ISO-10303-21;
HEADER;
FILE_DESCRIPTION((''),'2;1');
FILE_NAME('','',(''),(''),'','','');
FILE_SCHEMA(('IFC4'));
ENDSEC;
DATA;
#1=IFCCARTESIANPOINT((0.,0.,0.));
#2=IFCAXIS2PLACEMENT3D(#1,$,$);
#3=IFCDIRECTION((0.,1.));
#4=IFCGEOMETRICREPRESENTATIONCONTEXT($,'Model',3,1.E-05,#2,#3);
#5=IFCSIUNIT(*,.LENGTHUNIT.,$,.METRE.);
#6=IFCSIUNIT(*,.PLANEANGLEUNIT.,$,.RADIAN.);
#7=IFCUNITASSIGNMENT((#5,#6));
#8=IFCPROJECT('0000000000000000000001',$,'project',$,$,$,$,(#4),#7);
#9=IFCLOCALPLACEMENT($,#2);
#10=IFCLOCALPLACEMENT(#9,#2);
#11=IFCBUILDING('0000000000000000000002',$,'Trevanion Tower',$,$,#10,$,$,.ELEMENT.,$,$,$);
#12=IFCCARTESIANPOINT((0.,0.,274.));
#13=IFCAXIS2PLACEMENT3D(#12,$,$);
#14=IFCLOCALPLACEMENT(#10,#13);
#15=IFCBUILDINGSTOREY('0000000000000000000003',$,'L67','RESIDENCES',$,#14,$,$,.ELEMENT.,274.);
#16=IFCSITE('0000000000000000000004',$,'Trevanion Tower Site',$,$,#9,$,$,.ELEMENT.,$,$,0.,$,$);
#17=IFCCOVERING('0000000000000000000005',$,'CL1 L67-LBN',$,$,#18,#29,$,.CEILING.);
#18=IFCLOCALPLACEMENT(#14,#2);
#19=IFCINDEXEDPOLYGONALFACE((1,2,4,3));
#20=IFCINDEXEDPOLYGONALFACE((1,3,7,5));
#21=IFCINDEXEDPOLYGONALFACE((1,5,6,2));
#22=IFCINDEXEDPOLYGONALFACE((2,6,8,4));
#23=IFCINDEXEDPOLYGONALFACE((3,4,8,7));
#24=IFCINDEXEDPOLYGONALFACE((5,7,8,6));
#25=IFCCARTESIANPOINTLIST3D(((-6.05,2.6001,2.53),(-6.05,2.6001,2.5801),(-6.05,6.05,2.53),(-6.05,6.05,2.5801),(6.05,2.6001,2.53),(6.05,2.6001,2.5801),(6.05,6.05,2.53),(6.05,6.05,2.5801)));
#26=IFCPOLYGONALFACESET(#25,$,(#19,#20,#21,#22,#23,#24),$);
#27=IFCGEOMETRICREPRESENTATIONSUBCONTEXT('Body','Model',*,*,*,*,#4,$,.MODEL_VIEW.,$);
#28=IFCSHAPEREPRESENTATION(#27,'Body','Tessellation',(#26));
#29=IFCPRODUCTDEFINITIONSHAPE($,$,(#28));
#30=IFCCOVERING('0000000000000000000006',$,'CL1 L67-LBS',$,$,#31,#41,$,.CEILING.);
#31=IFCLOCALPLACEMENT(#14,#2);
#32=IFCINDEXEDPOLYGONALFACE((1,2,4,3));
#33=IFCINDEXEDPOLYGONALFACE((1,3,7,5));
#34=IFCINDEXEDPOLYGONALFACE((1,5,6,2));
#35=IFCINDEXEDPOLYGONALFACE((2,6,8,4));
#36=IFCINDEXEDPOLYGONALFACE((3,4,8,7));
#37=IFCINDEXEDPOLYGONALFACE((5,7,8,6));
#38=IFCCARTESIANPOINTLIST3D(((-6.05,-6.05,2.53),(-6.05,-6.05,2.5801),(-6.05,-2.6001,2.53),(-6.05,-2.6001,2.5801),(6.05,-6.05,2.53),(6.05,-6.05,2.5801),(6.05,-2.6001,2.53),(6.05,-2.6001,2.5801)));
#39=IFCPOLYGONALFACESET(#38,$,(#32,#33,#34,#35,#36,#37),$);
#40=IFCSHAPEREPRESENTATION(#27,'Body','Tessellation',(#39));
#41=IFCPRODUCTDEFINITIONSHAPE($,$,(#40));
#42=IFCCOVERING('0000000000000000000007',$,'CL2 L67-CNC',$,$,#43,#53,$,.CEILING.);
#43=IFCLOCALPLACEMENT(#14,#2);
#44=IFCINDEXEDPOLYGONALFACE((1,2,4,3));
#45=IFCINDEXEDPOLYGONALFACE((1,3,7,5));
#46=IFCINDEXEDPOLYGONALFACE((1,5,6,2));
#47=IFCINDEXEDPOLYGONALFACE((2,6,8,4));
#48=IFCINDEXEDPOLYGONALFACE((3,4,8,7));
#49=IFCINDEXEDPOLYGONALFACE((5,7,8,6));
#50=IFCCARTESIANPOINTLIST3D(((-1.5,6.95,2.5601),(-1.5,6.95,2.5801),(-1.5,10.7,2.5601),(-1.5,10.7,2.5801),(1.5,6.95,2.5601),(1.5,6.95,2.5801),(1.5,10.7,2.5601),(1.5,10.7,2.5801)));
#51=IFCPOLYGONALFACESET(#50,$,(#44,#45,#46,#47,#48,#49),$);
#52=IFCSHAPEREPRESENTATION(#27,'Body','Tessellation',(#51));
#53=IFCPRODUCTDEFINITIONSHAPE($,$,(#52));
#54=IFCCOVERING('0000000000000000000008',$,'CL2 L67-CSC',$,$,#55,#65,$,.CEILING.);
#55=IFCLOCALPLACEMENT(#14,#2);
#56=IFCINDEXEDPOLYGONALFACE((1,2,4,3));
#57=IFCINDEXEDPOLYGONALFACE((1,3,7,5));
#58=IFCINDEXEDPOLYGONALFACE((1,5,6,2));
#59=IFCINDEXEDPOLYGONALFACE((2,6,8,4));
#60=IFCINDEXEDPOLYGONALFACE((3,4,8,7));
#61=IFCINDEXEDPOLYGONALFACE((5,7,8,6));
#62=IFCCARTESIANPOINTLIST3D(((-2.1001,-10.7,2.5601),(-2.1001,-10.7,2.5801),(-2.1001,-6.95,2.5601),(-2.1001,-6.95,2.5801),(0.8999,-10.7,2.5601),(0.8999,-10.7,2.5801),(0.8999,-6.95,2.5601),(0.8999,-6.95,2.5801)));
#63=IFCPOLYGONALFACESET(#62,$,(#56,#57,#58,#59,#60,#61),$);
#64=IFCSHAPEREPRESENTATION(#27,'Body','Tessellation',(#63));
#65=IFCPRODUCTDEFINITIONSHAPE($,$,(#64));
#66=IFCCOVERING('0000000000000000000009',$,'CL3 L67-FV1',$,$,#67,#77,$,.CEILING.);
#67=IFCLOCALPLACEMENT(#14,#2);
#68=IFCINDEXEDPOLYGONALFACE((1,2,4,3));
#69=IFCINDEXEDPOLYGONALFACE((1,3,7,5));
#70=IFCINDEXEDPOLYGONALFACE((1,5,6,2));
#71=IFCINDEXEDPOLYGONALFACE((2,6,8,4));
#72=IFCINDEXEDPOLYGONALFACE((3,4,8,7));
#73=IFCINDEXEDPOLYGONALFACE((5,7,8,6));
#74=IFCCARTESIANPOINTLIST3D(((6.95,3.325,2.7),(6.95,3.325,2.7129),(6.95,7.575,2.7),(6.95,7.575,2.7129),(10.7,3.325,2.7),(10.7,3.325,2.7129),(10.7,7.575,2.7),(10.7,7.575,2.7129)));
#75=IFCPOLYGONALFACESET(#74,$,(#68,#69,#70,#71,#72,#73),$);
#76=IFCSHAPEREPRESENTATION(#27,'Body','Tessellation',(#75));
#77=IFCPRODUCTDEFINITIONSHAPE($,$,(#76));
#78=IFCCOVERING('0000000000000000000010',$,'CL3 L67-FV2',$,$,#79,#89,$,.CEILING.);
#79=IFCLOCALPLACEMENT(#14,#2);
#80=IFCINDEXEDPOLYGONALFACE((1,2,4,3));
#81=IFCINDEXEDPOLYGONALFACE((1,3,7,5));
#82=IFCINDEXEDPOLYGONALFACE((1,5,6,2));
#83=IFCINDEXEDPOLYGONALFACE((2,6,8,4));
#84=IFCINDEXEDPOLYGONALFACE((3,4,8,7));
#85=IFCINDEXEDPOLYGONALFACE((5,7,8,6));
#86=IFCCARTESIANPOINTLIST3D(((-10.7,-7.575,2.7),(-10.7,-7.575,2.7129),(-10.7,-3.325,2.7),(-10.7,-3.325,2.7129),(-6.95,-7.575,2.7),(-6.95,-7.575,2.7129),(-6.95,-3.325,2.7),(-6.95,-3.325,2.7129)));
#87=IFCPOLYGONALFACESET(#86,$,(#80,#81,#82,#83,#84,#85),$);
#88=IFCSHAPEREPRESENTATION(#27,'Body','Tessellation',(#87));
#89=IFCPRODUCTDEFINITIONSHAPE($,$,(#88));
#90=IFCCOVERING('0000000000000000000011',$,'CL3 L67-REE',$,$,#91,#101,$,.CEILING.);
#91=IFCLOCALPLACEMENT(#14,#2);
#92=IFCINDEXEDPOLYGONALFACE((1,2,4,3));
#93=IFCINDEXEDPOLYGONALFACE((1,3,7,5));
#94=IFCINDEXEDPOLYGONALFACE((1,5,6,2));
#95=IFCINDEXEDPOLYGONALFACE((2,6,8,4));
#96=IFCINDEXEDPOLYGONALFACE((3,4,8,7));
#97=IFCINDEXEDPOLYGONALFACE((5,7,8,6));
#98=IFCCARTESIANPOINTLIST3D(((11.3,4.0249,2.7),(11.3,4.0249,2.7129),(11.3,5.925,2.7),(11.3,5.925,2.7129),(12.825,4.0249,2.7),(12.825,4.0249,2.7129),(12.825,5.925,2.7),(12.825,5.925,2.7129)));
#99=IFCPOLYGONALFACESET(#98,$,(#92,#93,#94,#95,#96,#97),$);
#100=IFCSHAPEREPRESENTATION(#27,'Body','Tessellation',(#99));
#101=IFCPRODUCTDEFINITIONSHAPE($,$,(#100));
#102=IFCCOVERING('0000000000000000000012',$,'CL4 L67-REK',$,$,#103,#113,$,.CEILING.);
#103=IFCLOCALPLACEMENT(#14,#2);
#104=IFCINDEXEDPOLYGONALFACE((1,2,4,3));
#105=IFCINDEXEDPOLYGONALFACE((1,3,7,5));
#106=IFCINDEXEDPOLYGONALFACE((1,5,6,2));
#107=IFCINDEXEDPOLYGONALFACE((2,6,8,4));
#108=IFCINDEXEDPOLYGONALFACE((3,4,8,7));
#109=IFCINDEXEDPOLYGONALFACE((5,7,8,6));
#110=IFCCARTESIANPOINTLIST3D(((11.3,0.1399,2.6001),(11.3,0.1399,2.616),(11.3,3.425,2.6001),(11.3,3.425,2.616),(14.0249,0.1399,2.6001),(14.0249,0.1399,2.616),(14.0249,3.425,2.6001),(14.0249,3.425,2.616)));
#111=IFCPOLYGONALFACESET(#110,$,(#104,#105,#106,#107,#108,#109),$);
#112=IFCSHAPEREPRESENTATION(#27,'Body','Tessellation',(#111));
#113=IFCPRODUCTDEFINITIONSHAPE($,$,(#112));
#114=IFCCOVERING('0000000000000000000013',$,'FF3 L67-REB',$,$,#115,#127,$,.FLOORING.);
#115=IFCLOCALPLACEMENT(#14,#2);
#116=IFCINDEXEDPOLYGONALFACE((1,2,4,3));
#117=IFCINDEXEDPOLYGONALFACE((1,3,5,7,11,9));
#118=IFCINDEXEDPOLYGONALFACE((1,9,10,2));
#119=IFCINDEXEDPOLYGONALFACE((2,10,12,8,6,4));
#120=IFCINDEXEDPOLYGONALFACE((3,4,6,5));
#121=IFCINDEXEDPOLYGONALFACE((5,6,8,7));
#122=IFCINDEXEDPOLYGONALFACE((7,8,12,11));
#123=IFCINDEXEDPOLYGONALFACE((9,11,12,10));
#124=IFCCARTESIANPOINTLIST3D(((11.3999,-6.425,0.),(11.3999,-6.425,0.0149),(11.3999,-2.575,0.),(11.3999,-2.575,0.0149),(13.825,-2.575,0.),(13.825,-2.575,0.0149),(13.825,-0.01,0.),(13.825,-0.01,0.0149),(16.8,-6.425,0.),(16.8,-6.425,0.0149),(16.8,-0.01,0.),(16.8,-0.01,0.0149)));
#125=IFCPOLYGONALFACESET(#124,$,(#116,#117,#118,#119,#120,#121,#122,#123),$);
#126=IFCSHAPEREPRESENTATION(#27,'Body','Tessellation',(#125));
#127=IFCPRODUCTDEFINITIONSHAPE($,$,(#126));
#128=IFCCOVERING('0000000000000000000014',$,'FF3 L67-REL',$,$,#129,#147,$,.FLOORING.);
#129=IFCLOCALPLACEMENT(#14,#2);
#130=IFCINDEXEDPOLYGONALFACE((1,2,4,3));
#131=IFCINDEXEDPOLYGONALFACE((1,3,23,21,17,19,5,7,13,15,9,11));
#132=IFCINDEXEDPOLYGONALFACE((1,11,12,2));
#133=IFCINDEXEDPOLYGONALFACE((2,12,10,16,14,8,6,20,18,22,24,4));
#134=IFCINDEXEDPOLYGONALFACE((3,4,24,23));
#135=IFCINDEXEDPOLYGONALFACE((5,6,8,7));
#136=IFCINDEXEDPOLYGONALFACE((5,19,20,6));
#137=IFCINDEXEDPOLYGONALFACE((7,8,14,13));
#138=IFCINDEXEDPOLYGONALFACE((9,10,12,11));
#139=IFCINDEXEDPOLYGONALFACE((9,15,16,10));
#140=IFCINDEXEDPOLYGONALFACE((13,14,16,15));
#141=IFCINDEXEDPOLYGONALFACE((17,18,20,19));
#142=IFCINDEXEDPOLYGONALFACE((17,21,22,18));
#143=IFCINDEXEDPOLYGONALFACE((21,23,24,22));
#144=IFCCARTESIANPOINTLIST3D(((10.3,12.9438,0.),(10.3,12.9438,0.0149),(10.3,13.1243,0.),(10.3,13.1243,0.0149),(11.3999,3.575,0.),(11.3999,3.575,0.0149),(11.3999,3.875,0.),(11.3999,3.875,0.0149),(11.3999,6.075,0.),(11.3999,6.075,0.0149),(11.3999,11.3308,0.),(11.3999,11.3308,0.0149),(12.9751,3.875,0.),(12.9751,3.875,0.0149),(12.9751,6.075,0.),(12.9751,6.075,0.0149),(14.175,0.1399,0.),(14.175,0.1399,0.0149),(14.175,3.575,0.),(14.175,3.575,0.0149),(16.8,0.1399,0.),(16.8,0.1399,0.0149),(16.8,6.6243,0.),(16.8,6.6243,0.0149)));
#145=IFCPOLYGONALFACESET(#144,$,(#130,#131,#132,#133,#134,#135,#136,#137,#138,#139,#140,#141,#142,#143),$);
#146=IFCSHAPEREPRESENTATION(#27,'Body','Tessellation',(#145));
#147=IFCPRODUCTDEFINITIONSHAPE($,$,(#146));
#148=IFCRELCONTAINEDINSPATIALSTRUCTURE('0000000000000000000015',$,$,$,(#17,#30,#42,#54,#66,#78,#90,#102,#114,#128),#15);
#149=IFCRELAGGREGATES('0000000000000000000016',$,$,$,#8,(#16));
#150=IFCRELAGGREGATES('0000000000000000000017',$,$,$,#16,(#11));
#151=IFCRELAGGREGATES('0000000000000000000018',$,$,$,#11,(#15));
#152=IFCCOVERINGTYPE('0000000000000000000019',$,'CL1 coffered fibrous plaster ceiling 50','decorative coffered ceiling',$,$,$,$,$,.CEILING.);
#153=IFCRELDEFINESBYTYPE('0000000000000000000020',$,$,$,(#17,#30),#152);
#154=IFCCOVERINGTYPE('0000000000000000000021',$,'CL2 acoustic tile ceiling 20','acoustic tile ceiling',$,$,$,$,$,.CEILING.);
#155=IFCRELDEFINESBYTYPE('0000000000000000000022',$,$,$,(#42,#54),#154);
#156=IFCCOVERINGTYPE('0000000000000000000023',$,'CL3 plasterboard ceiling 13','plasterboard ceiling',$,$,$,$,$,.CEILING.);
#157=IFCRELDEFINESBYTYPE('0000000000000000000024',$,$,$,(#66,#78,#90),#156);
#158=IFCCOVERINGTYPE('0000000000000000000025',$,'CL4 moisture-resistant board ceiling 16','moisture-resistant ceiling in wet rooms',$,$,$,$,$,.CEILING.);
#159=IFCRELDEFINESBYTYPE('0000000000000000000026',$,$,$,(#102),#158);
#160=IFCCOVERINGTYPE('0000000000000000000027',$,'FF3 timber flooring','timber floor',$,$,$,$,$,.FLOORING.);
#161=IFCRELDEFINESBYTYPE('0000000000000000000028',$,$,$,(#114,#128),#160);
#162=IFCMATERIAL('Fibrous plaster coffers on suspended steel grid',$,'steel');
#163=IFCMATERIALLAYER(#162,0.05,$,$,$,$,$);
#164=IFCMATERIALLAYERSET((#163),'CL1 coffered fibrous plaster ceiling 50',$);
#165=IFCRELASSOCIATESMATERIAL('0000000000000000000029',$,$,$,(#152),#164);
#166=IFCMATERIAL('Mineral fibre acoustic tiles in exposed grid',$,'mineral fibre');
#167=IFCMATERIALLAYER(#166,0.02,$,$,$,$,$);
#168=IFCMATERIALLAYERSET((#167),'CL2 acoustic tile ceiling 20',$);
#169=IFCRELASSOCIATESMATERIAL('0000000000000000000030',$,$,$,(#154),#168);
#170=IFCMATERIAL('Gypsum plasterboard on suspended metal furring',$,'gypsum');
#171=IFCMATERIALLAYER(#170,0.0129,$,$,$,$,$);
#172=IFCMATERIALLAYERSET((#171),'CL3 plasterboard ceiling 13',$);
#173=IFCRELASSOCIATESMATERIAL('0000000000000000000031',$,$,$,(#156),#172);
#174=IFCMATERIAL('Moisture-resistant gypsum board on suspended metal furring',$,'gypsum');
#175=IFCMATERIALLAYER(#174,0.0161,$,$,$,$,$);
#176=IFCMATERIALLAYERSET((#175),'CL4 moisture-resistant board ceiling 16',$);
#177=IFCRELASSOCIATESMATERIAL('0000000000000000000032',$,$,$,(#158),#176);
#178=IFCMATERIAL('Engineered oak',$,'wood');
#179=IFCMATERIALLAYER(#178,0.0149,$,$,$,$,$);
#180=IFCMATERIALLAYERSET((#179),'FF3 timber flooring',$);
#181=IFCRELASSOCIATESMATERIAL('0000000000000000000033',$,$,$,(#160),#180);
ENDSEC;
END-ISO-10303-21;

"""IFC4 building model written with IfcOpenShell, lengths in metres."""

from ifc_helpers import new_model, si_unit, direction, frame, origin, place, context, subcontext, project, spatial, polyline, outline, extrude, material, layer, layer_set, type_object, element, save


model = new_model("IFC4")

# Units and contexts
model_context = context("Model", 3, precision=1e-05, world=origin(), true_north=direction((0.0, 1.0)))
body_context = subcontext(model_context, "Body", "Model", "MODEL_VIEW")
ifc_project = project(units=[si_unit("LENGTHUNIT", "METRE"), si_unit("PLANEANGLEUNIT", "RADIAN")], contexts=[model_context])

# Site, building, storey
site_placement = place(None, origin())
site = spatial("IfcSite", under=ifc_project, at=site_placement, Name="Trevanion Tower Site", CompositionType="ELEMENT", RefElevation=0.0)
building_placement = place(site_placement, origin())
building = spatial("IfcBuilding", under=site, at=building_placement, Name="Trevanion Tower", CompositionType="ELEMENT")
storey_placement = place(building_placement, frame((0.0, 0.0, 274.0)))
storey = spatial("IfcBuildingStorey", under=building, at=storey_placement, Name="L67", Description="RESIDENCES", CompositionType="ELEMENT", Elevation=274.0)

# Coverings
ifc_material_1 = material(Name="Fibrous plaster coffers on suspended steel grid", Category="steel")
ifc_layer_1 = layer(ifc_material_1, 0.05)
ifc_layer_set_1 = layer_set([ifc_layer_1], Name="CL1 coffered fibrous plaster ceiling 50")
covering_type_1 = type_object("IfcCoveringType", Name="CL1 coffered fibrous plaster ceiling 50", Description="decorative coffered ceiling", PredefinedType="CEILING", material=ifc_layer_set_1)
covering_1_placement = place(storey_placement, frame((0.0, 0.0, 2.53)))
element("IfcCovering", 1, at=covering_1_placement, inside=storey, type_object=covering_type_1, Name="CL1 L67-LBN", PredefinedType="CEILING", context=body_context, shape_type="SweptSolid", body=[
    extrude(outline(polyline([(6.05, 2.6001), (6.05, 6.05), (-6.05, 6.05), (-6.05, 2.6001), (6.05, 2.6001)])), origin(), (0.0, 0.0, 1.0), 0.05),
])
covering_2_placement = place(storey_placement, frame((0.0, 0.0, 2.53)))
element("IfcCovering", 2, at=covering_2_placement, inside=storey, type_object=covering_type_1, Name="CL1 L67-LBS", PredefinedType="CEILING", context=body_context, shape_type="SweptSolid", body=[
    extrude(outline(polyline([(6.05, -6.05), (6.05, -2.6001), (-6.05, -2.6001), (-6.05, -6.05), (6.05, -6.05)])), origin(), (0.0, 0.0, 1.0), 0.05),
])
ifc_material_2 = material(Name="Mineral fibre acoustic tiles in exposed grid", Category="mineral fibre")
ifc_layer_2 = layer(ifc_material_2, 0.02)
ifc_layer_set_2 = layer_set([ifc_layer_2], Name="CL2 acoustic tile ceiling 20")
covering_type_2 = type_object("IfcCoveringType", Name="CL2 acoustic tile ceiling 20", Description="acoustic tile ceiling", PredefinedType="CEILING", material=ifc_layer_set_2)
covering_3_placement = place(storey_placement, frame((0.0, 0.0, 2.5601)))
element("IfcCovering", 3, at=covering_3_placement, inside=storey, type_object=covering_type_2, Name="CL2 L67-CNC", PredefinedType="CEILING", context=body_context, shape_type="SweptSolid", body=[
    extrude(outline(polyline([(1.5, 6.95), (1.5, 10.7), (-1.5, 10.7), (-1.5, 6.95), (1.5, 6.95)])), origin(), (0.0, 0.0, 1.0), 0.02),
])
covering_4_placement = place(storey_placement, frame((0.0, 0.0, 2.5601)))
element("IfcCovering", 4, at=covering_4_placement, inside=storey, type_object=covering_type_2, Name="CL2 L67-CSC", PredefinedType="CEILING", context=body_context, shape_type="SweptSolid", body=[
    extrude(outline(polyline([(0.8999, -10.7), (0.8999, -6.95), (-2.1001, -6.95), (-2.1001, -10.7), (0.8999, -10.7)])), origin(), (0.0, 0.0, 1.0), 0.02),
])
ifc_material_3 = material(Name="Gypsum plasterboard on suspended metal furring", Category="gypsum")
ifc_layer_3 = layer(ifc_material_3, 0.0129)
ifc_layer_set_3 = layer_set([ifc_layer_3], Name="CL3 plasterboard ceiling 13")
covering_type_3 = type_object("IfcCoveringType", Name="CL3 plasterboard ceiling 13", Description="plasterboard ceiling", PredefinedType="CEILING", material=ifc_layer_set_3)
covering_5_placement = place(storey_placement, frame((0.0, 0.0, 2.7)))
element("IfcCovering", 5, at=covering_5_placement, inside=storey, type_object=covering_type_3, Name="CL3 L67-FV1", PredefinedType="CEILING", context=body_context, shape_type="SweptSolid", body=[
    extrude(outline(polyline([(10.7, 3.325), (10.7, 7.575), (6.95, 7.575), (6.95, 3.325), (10.7, 3.325)])), origin(), (0.0, 0.0, 1.0), 0.0129),
])
covering_6_placement = place(storey_placement, frame((0.0, 0.0, 2.7)))
element("IfcCovering", 6, at=covering_6_placement, inside=storey, type_object=covering_type_3, Name="CL3 L67-FV2", PredefinedType="CEILING", context=body_context, shape_type="SweptSolid", body=[
    extrude(outline(polyline([(-10.7, -3.325), (-10.7, -7.575), (-6.95, -7.575), (-6.95, -3.325), (-10.7, -3.325)])), origin(), (0.0, 0.0, 1.0), 0.0129),
])
covering_7_placement = place(storey_placement, frame((0.0, 0.0, 2.7)))
element("IfcCovering", 7, at=covering_7_placement, inside=storey, type_object=covering_type_3, Name="CL3 L67-REE", PredefinedType="CEILING", context=body_context, shape_type="SweptSolid", body=[
    extrude(outline(polyline([(12.825, 4.0249), (12.825, 5.925), (11.3, 5.925), (11.3, 4.0249), (12.825, 4.0249)])), origin(), (0.0, 0.0, 1.0), 0.0129),
])
ifc_material_4 = material(Name="Moisture-resistant gypsum board on suspended metal furring", Category="gypsum")
ifc_layer_4 = layer(ifc_material_4, 0.0161)
ifc_layer_set_4 = layer_set([ifc_layer_4], Name="CL4 moisture-resistant board ceiling 16")
covering_type_4 = type_object("IfcCoveringType", Name="CL4 moisture-resistant board ceiling 16", Description="moisture-resistant ceiling in wet rooms", PredefinedType="CEILING", material=ifc_layer_set_4)
covering_8_placement = place(storey_placement, frame((0.0, 0.0, 2.6001)))
element("IfcCovering", 8, at=covering_8_placement, inside=storey, type_object=covering_type_4, Name="CL4 L67-REK", PredefinedType="CEILING", context=body_context, shape_type="SweptSolid", body=[
    extrude(outline(polyline([(14.0249, 0.1399), (14.0249, 3.425), (11.3, 3.425), (11.3, 0.1399), (14.0249, 0.1399)])), origin(), (0.0, 0.0, 1.0), 0.0159),
])
ifc_material_5 = material(Name="Engineered oak", Category="wood")
ifc_layer_5 = layer(ifc_material_5, 0.0149)
ifc_layer_set_5 = layer_set([ifc_layer_5], Name="FF3 timber flooring")
covering_type_5 = type_object("IfcCoveringType", Name="FF3 timber flooring", Description="timber floor", PredefinedType="FLOORING", material=ifc_layer_set_5)
covering_9_placement = place(storey_placement, origin())
element("IfcCovering", 9, at=covering_9_placement, inside=storey, type_object=covering_type_5, Name="FF3 L67-REB", PredefinedType="FLOORING", context=body_context, shape_type="SweptSolid", body=[
    extrude(outline(polyline([(11.3999, -6.425), (11.3999, -2.575), (13.825, -2.575), (13.825, -0.01), (16.8, -0.01), (16.8, -6.425), (11.3999, -6.425)])), origin(), (0.0, 0.0, 1.0), 0.0149),
])
covering_10_placement = place(storey_placement, origin())
element("IfcCovering", 10, at=covering_10_placement, inside=storey, type_object=covering_type_5, Name="FF3 L67-REL", PredefinedType="FLOORING", context=body_context, shape_type="SweptSolid", body=[
    extrude(outline(polyline([(14.175, 0.1399), (14.175, 3.575), (11.3999, 3.575), (11.3999, 3.875), (12.9751, 3.875), (12.9751, 6.075), (11.3999, 6.075), (11.3999, 11.3308), (10.3, 12.9438), (10.3, 13.1243), (16.8, 6.6243), (16.8, 0.1399), (14.175, 0.1399)])), origin(), (0.0, 0.0, 1.0), 0.0149),
])

save(model, "model.ifc")
